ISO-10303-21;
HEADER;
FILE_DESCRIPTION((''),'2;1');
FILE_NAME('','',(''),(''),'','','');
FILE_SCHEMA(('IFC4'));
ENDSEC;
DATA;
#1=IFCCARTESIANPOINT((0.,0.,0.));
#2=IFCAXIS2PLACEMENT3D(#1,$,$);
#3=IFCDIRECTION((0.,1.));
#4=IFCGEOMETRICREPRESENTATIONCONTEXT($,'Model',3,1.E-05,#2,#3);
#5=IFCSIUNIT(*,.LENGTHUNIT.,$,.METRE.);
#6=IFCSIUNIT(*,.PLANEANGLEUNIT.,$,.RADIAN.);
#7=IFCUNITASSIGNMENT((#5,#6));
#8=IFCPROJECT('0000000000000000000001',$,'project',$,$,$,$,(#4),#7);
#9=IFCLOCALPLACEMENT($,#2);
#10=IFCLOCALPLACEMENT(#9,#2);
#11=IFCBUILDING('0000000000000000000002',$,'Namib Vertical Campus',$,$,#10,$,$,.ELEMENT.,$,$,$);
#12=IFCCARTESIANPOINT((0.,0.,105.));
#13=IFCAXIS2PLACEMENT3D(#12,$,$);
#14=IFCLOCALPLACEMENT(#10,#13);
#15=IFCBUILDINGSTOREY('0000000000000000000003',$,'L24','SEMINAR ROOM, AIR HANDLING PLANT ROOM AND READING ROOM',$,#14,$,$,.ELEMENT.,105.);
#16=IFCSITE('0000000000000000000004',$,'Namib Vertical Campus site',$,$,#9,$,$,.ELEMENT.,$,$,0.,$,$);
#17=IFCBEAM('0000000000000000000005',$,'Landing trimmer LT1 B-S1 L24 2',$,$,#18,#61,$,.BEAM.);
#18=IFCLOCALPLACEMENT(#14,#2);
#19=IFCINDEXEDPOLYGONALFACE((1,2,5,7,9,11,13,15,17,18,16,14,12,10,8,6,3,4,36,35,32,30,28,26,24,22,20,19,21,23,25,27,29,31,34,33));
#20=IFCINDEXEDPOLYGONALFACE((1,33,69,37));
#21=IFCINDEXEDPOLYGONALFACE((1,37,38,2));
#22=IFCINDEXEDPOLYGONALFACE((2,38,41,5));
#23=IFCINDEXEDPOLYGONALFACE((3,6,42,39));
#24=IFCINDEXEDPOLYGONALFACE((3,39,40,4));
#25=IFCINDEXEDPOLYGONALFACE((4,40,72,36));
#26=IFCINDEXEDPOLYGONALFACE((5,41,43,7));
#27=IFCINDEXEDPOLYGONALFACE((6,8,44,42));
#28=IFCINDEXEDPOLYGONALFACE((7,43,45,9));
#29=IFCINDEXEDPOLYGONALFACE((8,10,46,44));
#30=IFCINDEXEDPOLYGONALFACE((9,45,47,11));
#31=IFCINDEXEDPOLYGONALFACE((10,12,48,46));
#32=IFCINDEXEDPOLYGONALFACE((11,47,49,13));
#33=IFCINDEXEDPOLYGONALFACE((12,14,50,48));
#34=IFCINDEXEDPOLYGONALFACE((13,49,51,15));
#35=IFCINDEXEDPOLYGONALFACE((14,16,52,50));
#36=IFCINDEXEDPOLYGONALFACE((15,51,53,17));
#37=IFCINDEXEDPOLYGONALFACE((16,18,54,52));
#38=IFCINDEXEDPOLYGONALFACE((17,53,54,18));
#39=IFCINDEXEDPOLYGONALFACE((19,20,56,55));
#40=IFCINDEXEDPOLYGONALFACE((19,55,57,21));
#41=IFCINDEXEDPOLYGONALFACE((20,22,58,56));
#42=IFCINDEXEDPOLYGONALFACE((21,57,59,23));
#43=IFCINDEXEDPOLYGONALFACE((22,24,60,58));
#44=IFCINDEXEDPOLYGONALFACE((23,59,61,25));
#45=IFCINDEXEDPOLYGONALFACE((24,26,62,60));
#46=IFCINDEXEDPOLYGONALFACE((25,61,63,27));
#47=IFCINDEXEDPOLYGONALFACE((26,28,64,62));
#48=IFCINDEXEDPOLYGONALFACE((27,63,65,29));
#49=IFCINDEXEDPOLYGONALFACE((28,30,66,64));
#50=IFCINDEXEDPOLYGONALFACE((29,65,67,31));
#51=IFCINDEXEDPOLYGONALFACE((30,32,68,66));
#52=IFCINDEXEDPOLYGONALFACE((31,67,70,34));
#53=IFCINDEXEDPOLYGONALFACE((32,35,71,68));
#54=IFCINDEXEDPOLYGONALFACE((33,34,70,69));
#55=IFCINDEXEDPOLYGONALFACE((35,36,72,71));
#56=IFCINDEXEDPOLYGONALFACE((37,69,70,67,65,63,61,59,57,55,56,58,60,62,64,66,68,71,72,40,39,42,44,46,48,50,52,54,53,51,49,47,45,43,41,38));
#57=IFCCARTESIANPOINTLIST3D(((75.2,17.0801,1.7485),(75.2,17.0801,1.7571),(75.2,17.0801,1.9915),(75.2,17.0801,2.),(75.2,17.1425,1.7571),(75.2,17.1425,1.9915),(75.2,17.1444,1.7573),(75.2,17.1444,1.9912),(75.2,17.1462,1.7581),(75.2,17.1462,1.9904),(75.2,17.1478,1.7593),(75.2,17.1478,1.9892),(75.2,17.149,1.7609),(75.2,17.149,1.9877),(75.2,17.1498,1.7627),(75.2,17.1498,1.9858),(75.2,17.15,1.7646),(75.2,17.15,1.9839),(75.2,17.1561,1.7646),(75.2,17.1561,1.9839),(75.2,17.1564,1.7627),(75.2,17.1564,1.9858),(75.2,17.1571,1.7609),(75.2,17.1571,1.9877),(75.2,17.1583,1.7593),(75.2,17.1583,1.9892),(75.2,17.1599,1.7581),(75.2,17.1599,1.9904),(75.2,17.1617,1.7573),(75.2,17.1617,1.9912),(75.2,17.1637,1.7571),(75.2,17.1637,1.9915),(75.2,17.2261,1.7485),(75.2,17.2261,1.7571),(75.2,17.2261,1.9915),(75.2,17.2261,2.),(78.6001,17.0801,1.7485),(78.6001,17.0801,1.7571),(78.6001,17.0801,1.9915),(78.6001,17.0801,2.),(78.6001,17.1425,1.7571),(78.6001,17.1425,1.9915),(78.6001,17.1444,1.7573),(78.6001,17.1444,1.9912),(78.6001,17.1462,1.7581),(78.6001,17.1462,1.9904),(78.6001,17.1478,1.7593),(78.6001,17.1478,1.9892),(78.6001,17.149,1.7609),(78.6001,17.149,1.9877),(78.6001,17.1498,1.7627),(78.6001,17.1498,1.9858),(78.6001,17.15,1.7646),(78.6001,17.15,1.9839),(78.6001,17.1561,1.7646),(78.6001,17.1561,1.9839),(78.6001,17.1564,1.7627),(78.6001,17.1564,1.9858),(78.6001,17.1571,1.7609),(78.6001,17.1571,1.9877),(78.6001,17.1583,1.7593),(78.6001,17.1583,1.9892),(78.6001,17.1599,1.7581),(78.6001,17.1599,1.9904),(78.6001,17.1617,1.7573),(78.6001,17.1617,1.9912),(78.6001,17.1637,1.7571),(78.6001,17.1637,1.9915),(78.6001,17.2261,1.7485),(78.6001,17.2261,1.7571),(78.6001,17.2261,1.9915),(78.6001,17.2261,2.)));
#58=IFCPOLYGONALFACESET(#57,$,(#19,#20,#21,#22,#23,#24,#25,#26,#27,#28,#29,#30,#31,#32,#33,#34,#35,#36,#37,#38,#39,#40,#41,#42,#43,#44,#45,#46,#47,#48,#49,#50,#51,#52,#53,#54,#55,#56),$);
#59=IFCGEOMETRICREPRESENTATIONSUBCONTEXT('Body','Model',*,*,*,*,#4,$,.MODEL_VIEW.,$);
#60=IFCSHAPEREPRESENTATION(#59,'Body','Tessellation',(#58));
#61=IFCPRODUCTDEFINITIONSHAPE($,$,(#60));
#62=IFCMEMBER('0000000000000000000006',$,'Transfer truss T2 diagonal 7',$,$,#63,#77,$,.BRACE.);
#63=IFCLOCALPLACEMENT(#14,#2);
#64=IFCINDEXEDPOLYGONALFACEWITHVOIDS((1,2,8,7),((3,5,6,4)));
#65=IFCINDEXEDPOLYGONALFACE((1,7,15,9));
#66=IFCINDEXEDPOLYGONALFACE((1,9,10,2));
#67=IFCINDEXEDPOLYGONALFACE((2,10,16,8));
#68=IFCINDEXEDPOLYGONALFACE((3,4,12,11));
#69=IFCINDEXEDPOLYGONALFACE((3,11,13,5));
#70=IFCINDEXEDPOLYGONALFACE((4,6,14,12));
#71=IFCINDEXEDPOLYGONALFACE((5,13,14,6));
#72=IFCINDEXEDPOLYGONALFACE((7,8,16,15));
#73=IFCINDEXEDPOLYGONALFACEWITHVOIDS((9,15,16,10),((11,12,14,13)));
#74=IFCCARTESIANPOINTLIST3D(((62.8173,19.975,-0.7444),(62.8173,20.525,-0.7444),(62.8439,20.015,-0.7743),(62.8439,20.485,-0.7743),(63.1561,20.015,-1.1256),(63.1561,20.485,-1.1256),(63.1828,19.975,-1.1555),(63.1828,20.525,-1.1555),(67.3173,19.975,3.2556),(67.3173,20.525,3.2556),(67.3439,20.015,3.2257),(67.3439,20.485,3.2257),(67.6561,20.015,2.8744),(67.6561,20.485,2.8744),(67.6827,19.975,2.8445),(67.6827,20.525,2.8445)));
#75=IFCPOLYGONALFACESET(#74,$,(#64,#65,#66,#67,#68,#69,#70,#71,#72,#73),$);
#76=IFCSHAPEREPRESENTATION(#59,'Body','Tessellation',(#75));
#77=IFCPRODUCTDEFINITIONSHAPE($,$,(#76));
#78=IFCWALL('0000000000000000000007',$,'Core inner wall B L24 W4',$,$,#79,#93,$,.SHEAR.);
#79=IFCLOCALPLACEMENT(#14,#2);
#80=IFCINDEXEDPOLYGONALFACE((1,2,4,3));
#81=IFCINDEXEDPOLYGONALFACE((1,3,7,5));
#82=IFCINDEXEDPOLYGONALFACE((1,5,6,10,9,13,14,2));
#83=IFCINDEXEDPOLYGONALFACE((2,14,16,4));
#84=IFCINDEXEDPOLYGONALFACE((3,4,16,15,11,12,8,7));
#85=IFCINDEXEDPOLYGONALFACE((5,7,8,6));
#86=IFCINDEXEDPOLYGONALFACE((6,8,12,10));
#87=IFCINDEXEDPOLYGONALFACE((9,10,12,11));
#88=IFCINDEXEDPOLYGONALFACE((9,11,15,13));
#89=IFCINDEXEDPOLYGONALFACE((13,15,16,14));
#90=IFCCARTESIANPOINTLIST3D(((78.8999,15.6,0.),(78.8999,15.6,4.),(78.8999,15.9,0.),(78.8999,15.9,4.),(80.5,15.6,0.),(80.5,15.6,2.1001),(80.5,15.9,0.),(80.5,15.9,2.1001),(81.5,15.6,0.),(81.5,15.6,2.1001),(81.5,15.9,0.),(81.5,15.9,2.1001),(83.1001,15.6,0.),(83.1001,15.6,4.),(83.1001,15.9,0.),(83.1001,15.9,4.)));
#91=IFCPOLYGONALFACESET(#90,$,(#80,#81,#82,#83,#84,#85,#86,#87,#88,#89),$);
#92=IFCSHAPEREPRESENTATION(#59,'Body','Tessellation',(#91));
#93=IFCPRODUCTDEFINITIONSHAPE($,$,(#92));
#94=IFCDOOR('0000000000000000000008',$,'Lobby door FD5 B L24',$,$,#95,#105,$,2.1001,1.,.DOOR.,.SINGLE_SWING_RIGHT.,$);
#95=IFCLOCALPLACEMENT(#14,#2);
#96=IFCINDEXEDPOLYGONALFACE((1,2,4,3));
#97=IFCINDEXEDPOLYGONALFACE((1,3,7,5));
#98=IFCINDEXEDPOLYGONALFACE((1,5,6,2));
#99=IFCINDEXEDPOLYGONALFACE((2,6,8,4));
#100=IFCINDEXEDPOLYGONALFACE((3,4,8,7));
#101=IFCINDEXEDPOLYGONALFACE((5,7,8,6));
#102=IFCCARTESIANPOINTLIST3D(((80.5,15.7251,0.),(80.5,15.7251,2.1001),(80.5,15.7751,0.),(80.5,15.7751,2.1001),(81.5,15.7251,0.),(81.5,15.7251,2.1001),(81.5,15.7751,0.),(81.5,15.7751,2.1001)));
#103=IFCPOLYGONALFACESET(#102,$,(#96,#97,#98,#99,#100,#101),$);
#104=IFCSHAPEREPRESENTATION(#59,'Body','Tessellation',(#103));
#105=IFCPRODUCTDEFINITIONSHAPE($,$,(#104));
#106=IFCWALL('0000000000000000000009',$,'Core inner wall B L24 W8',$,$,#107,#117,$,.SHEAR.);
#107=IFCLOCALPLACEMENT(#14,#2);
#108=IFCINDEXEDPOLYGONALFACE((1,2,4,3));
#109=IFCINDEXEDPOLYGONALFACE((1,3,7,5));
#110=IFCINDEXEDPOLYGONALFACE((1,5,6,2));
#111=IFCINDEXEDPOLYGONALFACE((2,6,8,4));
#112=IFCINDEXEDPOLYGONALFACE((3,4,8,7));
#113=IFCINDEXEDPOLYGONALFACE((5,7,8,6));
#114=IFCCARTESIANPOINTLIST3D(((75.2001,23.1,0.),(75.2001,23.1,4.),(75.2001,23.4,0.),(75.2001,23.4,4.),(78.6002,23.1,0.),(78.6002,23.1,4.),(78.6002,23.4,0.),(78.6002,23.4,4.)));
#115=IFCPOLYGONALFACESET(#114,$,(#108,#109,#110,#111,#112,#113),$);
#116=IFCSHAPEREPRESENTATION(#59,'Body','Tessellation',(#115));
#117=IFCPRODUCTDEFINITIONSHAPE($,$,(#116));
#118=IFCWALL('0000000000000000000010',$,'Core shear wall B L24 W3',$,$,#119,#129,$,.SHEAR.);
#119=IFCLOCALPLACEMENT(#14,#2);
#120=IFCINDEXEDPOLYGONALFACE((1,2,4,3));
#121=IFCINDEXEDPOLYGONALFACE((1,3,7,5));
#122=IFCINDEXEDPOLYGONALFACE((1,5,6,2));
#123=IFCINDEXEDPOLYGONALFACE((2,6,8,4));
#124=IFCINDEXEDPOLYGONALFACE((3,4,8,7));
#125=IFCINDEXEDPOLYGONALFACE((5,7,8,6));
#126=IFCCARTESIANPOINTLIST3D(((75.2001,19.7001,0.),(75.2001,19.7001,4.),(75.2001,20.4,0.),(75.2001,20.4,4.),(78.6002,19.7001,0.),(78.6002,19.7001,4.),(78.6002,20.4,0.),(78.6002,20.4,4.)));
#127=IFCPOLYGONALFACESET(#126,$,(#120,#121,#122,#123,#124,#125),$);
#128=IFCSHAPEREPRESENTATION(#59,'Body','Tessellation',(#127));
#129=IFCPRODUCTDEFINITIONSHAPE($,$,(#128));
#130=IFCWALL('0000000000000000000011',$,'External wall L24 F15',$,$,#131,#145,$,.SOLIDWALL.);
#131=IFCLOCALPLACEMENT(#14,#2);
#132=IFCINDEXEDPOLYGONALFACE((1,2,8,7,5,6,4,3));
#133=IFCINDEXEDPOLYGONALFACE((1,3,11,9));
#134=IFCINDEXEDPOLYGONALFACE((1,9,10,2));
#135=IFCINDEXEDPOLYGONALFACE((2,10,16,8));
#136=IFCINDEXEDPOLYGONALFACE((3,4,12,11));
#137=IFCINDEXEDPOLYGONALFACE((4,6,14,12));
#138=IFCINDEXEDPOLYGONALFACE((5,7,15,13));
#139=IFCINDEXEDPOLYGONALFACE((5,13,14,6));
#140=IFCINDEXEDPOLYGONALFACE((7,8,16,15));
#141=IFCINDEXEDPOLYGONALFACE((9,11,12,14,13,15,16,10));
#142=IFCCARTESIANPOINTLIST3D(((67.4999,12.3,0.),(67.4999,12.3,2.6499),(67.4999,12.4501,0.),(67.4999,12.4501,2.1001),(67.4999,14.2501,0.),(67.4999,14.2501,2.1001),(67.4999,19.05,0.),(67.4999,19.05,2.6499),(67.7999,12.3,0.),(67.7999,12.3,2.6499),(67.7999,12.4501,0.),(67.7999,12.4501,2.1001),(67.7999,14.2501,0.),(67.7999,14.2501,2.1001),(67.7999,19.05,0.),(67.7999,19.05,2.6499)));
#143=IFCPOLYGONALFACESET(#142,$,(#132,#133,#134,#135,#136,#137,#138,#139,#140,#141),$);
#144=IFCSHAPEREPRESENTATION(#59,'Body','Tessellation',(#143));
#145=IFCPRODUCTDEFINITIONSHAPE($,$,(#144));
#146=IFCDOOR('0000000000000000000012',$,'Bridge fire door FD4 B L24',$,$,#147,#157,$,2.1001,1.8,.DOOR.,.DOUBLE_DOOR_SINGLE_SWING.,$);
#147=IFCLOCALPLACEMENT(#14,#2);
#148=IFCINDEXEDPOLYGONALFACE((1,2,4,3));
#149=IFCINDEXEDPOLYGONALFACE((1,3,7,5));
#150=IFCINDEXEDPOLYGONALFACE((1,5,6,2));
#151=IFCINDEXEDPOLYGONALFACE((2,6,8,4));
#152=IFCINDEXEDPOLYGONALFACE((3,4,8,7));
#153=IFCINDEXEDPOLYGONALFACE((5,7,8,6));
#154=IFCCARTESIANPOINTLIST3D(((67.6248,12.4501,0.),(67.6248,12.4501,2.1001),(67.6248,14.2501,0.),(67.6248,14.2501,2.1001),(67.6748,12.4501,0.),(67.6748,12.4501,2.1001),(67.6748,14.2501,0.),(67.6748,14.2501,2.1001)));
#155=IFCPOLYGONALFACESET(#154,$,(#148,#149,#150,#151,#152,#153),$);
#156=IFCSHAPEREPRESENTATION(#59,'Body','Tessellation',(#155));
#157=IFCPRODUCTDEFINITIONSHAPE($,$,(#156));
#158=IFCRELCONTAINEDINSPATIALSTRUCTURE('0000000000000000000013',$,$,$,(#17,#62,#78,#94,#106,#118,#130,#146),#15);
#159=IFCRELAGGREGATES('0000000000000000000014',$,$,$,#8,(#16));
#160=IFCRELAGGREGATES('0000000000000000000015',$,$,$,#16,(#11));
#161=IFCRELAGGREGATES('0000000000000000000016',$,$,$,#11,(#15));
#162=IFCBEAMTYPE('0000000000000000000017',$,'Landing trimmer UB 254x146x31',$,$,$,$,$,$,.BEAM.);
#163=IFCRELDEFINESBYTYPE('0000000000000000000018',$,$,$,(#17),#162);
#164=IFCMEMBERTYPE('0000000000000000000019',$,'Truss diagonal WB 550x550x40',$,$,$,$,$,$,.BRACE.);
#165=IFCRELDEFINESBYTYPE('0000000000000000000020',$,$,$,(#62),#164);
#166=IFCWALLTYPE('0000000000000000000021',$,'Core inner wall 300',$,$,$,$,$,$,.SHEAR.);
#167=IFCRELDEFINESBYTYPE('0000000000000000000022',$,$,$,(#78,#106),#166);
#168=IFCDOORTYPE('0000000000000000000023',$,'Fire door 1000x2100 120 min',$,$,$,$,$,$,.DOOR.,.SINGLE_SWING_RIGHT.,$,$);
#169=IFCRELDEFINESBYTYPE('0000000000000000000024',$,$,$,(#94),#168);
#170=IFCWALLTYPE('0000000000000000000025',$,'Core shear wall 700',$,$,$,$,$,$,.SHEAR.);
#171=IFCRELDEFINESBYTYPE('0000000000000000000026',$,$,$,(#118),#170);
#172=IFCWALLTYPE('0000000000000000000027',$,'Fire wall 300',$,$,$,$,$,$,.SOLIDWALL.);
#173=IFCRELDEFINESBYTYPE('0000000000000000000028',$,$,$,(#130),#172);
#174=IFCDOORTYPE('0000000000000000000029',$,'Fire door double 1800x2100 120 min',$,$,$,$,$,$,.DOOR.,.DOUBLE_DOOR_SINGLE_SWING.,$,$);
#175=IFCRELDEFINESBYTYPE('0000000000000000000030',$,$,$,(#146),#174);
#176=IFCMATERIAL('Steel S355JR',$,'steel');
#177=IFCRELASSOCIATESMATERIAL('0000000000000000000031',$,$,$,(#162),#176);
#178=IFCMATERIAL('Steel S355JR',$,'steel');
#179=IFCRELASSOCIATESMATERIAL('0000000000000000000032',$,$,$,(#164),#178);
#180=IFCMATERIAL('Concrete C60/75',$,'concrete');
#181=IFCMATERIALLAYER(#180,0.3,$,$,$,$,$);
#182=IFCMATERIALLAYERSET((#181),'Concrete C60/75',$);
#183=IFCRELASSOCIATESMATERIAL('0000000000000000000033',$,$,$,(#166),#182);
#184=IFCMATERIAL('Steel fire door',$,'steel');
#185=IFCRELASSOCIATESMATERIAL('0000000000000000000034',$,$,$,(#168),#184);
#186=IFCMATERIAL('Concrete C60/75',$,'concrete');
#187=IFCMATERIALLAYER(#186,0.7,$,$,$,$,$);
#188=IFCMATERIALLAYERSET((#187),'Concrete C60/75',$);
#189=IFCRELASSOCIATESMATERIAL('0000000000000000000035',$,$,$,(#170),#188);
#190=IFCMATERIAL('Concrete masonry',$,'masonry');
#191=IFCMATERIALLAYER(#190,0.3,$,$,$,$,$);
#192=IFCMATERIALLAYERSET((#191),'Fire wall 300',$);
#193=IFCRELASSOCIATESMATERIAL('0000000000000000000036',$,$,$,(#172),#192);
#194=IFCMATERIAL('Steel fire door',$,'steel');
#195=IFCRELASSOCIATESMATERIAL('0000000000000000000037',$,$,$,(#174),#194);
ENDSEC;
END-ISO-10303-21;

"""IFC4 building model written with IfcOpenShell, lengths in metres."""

from ifc_helpers import new_model, si_unit, direction, frame, frame_2d, origin, origin_2d, place, context, subcontext, project, spatial, rectangle, hollow_rectangle, i_section, extrude, material, layer, layer_set, material_profile, profile_set, type_object, element, fill, save


model = new_model("IFC4")

# Units and contexts
model_context = context("Model", 3, precision=1e-05, world=origin(), true_north=direction((0.0, 1.0)))
body_context = subcontext(model_context, "Body", "Model", "MODEL_VIEW")
ifc_project = project(units=[si_unit("LENGTHUNIT", "METRE"), si_unit("PLANEANGLEUNIT", "RADIAN")], contexts=[model_context])

# Site, building, storey
site_placement = place(None, origin())
site = spatial("IfcSite", under=ifc_project, at=site_placement, Name="Namib Vertical Campus site", CompositionType="ELEMENT", RefElevation=0.0)
building_placement = place(site_placement, origin())
building = spatial("IfcBuilding", under=site, at=building_placement, Name="Namib Vertical Campus", CompositionType="ELEMENT")
storey_placement = place(building_placement, frame((0.0, 0.0, 105.0)))
storey = spatial("IfcBuildingStorey", under=building, at=storey_placement, Name="L24", Description="SEMINAR ROOM, AIR HANDLING PLANT ROOM AND READING ROOM", CompositionType="ELEMENT", Elevation=105.0)

# Beam
ifc_material_1 = material(Name="Steel S355JR", Category="steel")
ifc_material_profile_1 = material_profile(ifc_material_1, i_section(OverallWidth=0.146, OverallDepth=0.2515, WebThickness=0.0061, FlangeThickness=0.0085, FilletRadius=0.0076, at=origin_2d()))
ifc_profile_set_1 = profile_set([ifc_material_profile_1], Name="Steel S355JR")
beam_type = type_object("IfcBeamType", Name="Landing trimmer UB 254x146x31", PredefinedType="BEAM", material=ifc_profile_set_1)
beam_placement = place(storey_placement, frame((75.2, 17.1531, 1.8743), z_axis=(1.0, 0.0, 0.0), x_axis=(0.0, 1.0, 0.0)))
element("IfcBeam", 1, at=beam_placement, inside=storey, type_object=beam_type, Name="Landing trimmer LT1 B-S1 L24 2", PredefinedType="BEAM", context=body_context, shape_type="SweptSolid", body=[
    extrude(i_section(OverallWidth=0.146, OverallDepth=0.2515, WebThickness=0.0061, FlangeThickness=0.0085, FilletRadius=0.0076, at=origin_2d()), origin(), (0.0, 0.0, 1.0), 3.4001),
])

# Member
ifc_material_2 = material(Name="Steel S355JR", Category="steel")
ifc_material_profile_2 = material_profile(ifc_material_2, hollow_rectangle(XDim=0.55, YDim=0.55, WallThickness=0.04, at=origin_2d()))
ifc_profile_set_2 = profile_set([ifc_material_profile_2], Name="Steel S355JR")
member_type = type_object("IfcMemberType", Name="Truss diagonal WB 550x550x40", PredefinedType="BRACE", material=ifc_profile_set_2)
member_placement = place(storey_placement, frame((67.5, 20.25, 3.05), z_axis=(-0.747409, 0.0, -0.664364), x_axis=(0.0, -1.0, 0.0)))
element("IfcMember", 2, at=member_placement, inside=storey, type_object=member_type, Name="Transfer truss T2 diagonal 7", PredefinedType="BRACE", context=body_context, shape_type="SweptSolid", body=[
    extrude(hollow_rectangle(XDim=0.55, YDim=0.55, WallThickness=0.04, at=origin_2d()), origin(), (0.0, 0.0, 1.0), 6.0208),
])

# Wall, opening, door
ifc_material_3 = material(Name="Concrete C60/75", Category="concrete")
ifc_layer_1 = layer(ifc_material_3, 0.3)
ifc_layer_set_1 = layer_set([ifc_layer_1], Name="Concrete C60/75")
wall_type_1 = type_object("IfcWallType", Name="Core inner wall 300", PredefinedType="SHEAR", material=ifc_layer_set_1)
wall_1_placement = place(storey_placement, frame((78.8999, 15.75, 0.0), z_axis=(0.0, 0.0, 1.0), x_axis=(1.0, 0.0, 0.0)))
wall_1 = element("IfcWall", 3, at=wall_1_placement, inside=storey, type_object=wall_type_1, Name="Core inner wall B L24 W4", PredefinedType="SHEAR", context=body_context, shape_type="SweptSolid", body=[
    extrude(rectangle(XDim=4.2002, YDim=0.3, at=frame_2d((2.1001, 0.0))), origin(), (0.0, 0.0, 1.0), 4.0),
])
opening_1_placement = place(wall_1_placement, frame((1.6001, 0.0, 0.0)))
opening_1 = element("IfcOpeningElement", 4, at=opening_1_placement, cuts=wall_1, PredefinedType="OPENING", context=body_context, shape_type="SweptSolid", body=[
    extrude(rectangle(XDim=1.0, YDim=2.1001, at=frame_2d((0.5, 1.05))), frame((0.0, 0.1599, 0.0), z_axis=(0.0, -1.0, 0.0), x_axis=(1.0, 0.0, 0.0)), (0.0, 0.0, 1.0), 0.3201),
])
ifc_material_4 = material(Name="Steel fire door", Category="steel")
door_type_1 = type_object("IfcDoorType", Name="Fire door 1000x2100 120 min", OperationType="SINGLE_SWING_RIGHT", PredefinedType="DOOR", material=ifc_material_4)
door_1_placement = place(opening_1_placement, frame((1.0, 0.0, 0.0), z_axis=(0.0, 0.0, 1.0), x_axis=(-1.0, 0.0, 0.0)))
door_1 = element("IfcDoor", 5, at=door_1_placement, inside=storey, type_object=door_type_1, Name="Lobby door FD5 B L24", OperationType="SINGLE_SWING_RIGHT", OverallHeight=2.1001, OverallWidth=1.0, PredefinedType="DOOR", context=body_context, shape_type="SweptSolid", body=[
    extrude(rectangle(XDim=1.0, YDim=2.1001, at=frame_2d((0.5, 1.05))), frame((0.0, 0.0249, 0.0), z_axis=(0.0, -1.0, 0.0), x_axis=(1.0, 0.0, 0.0)), (0.0, 0.0, 1.0), 0.05),
])
fill(opening_1, door_1)

# Walls
wall_2_placement = place(storey_placement, frame((75.2, 23.25, 0.0), z_axis=(0.0, 0.0, 1.0), x_axis=(1.0, 0.0, 0.0)))
element("IfcWall", 6, at=wall_2_placement, inside=storey, type_object=wall_type_1, Name="Core inner wall B L24 W8", PredefinedType="SHEAR", context=body_context, shape_type="SweptSolid", body=[
    extrude(rectangle(XDim=3.4001, YDim=0.3, at=frame_2d((1.7002, 0.0))), origin(), (0.0, 0.0, 1.0), 4.0),
])
ifc_material_5 = material(Name="Concrete C60/75", Category="concrete")
ifc_layer_2 = layer(ifc_material_5, 0.7)
ifc_layer_set_2 = layer_set([ifc_layer_2], Name="Concrete C60/75")
wall_type_2 = type_object("IfcWallType", Name="Core shear wall 700", PredefinedType="SHEAR", material=ifc_layer_set_2)
wall_3_placement = place(storey_placement, frame((75.2, 20.05, 0.0), z_axis=(0.0, 0.0, 1.0), x_axis=(1.0, 0.0, 0.0)))
element("IfcWall", 7, at=wall_3_placement, inside=storey, type_object=wall_type_2, Name="Core shear wall B L24 W3", PredefinedType="SHEAR", context=body_context, shape_type="SweptSolid", body=[
    extrude(rectangle(XDim=3.4001, YDim=0.7, at=frame_2d((1.7002, 0.0))), origin(), (0.0, 0.0, 1.0), 4.0),
])

# Wall, opening, door
ifc_material_6 = material(Name="Concrete masonry", Category="masonry")
ifc_layer_3 = layer(ifc_material_6, 0.3)
ifc_layer_set_3 = layer_set([ifc_layer_3], Name="Fire wall 300")
wall_type_3 = type_object("IfcWallType", Name="Fire wall 300", PredefinedType="SOLIDWALL", material=ifc_layer_set_3)
wall_4_placement = place(storey_placement, frame((67.6499, 19.05, 0.0), z_axis=(0.0, 0.0, 1.0), x_axis=(0.0, -1.0, 0.0)))
wall_4 = element("IfcWall", 8, at=wall_4_placement, inside=storey, type_object=wall_type_3, Name="External wall L24 F15", PredefinedType="SOLIDWALL", context=body_context, shape_type="SweptSolid", body=[
    extrude(rectangle(XDim=6.75, YDim=0.3, at=frame_2d((3.375, 0.0))), origin(), (0.0, 0.0, 1.0), 2.6499),
])
opening_2_placement = place(wall_4_placement, frame((4.8, 0.0, 0.0)))
opening_2 = element("IfcOpeningElement", 9, at=opening_2_placement, cuts=wall_4, PredefinedType="OPENING", context=body_context, shape_type="SweptSolid", body=[
    extrude(rectangle(XDim=1.8, YDim=2.1001, at=frame_2d((0.8999, 1.05))), frame((0.0, 0.1599, 0.0), z_axis=(0.0, -1.0, 0.0), x_axis=(1.0, 0.0, 0.0)), (0.0, 0.0, 1.0), 0.3201),
])
ifc_material_7 = material(Name="Steel fire door", Category="steel")
door_type_2 = type_object("IfcDoorType", Name="Fire door double 1800x2100 120 min", OperationType="DOUBLE_DOOR_SINGLE_SWING", PredefinedType="DOOR", material=ifc_material_7)
door_2_placement = place(opening_2_placement, origin())
door_2 = element("IfcDoor", 10, at=door_2_placement, inside=storey, type_object=door_type_2, Name="Bridge fire door FD4 B L24", OperationType="DOUBLE_DOOR_SINGLE_SWING", OverallHeight=2.1001, OverallWidth=1.8, PredefinedType="DOOR", context=body_context, shape_type="SweptSolid", body=[
    extrude(rectangle(XDim=1.8, YDim=2.1001, at=frame_2d((0.8999, 1.05))), frame((0.0, 0.0249, 0.0), z_axis=(0.0, -1.0, 0.0), x_axis=(1.0, 0.0, 0.0)), (0.0, 0.0, 1.0), 0.05),
])
fill(opening_2, door_2)

save(model, "model.ifc")
